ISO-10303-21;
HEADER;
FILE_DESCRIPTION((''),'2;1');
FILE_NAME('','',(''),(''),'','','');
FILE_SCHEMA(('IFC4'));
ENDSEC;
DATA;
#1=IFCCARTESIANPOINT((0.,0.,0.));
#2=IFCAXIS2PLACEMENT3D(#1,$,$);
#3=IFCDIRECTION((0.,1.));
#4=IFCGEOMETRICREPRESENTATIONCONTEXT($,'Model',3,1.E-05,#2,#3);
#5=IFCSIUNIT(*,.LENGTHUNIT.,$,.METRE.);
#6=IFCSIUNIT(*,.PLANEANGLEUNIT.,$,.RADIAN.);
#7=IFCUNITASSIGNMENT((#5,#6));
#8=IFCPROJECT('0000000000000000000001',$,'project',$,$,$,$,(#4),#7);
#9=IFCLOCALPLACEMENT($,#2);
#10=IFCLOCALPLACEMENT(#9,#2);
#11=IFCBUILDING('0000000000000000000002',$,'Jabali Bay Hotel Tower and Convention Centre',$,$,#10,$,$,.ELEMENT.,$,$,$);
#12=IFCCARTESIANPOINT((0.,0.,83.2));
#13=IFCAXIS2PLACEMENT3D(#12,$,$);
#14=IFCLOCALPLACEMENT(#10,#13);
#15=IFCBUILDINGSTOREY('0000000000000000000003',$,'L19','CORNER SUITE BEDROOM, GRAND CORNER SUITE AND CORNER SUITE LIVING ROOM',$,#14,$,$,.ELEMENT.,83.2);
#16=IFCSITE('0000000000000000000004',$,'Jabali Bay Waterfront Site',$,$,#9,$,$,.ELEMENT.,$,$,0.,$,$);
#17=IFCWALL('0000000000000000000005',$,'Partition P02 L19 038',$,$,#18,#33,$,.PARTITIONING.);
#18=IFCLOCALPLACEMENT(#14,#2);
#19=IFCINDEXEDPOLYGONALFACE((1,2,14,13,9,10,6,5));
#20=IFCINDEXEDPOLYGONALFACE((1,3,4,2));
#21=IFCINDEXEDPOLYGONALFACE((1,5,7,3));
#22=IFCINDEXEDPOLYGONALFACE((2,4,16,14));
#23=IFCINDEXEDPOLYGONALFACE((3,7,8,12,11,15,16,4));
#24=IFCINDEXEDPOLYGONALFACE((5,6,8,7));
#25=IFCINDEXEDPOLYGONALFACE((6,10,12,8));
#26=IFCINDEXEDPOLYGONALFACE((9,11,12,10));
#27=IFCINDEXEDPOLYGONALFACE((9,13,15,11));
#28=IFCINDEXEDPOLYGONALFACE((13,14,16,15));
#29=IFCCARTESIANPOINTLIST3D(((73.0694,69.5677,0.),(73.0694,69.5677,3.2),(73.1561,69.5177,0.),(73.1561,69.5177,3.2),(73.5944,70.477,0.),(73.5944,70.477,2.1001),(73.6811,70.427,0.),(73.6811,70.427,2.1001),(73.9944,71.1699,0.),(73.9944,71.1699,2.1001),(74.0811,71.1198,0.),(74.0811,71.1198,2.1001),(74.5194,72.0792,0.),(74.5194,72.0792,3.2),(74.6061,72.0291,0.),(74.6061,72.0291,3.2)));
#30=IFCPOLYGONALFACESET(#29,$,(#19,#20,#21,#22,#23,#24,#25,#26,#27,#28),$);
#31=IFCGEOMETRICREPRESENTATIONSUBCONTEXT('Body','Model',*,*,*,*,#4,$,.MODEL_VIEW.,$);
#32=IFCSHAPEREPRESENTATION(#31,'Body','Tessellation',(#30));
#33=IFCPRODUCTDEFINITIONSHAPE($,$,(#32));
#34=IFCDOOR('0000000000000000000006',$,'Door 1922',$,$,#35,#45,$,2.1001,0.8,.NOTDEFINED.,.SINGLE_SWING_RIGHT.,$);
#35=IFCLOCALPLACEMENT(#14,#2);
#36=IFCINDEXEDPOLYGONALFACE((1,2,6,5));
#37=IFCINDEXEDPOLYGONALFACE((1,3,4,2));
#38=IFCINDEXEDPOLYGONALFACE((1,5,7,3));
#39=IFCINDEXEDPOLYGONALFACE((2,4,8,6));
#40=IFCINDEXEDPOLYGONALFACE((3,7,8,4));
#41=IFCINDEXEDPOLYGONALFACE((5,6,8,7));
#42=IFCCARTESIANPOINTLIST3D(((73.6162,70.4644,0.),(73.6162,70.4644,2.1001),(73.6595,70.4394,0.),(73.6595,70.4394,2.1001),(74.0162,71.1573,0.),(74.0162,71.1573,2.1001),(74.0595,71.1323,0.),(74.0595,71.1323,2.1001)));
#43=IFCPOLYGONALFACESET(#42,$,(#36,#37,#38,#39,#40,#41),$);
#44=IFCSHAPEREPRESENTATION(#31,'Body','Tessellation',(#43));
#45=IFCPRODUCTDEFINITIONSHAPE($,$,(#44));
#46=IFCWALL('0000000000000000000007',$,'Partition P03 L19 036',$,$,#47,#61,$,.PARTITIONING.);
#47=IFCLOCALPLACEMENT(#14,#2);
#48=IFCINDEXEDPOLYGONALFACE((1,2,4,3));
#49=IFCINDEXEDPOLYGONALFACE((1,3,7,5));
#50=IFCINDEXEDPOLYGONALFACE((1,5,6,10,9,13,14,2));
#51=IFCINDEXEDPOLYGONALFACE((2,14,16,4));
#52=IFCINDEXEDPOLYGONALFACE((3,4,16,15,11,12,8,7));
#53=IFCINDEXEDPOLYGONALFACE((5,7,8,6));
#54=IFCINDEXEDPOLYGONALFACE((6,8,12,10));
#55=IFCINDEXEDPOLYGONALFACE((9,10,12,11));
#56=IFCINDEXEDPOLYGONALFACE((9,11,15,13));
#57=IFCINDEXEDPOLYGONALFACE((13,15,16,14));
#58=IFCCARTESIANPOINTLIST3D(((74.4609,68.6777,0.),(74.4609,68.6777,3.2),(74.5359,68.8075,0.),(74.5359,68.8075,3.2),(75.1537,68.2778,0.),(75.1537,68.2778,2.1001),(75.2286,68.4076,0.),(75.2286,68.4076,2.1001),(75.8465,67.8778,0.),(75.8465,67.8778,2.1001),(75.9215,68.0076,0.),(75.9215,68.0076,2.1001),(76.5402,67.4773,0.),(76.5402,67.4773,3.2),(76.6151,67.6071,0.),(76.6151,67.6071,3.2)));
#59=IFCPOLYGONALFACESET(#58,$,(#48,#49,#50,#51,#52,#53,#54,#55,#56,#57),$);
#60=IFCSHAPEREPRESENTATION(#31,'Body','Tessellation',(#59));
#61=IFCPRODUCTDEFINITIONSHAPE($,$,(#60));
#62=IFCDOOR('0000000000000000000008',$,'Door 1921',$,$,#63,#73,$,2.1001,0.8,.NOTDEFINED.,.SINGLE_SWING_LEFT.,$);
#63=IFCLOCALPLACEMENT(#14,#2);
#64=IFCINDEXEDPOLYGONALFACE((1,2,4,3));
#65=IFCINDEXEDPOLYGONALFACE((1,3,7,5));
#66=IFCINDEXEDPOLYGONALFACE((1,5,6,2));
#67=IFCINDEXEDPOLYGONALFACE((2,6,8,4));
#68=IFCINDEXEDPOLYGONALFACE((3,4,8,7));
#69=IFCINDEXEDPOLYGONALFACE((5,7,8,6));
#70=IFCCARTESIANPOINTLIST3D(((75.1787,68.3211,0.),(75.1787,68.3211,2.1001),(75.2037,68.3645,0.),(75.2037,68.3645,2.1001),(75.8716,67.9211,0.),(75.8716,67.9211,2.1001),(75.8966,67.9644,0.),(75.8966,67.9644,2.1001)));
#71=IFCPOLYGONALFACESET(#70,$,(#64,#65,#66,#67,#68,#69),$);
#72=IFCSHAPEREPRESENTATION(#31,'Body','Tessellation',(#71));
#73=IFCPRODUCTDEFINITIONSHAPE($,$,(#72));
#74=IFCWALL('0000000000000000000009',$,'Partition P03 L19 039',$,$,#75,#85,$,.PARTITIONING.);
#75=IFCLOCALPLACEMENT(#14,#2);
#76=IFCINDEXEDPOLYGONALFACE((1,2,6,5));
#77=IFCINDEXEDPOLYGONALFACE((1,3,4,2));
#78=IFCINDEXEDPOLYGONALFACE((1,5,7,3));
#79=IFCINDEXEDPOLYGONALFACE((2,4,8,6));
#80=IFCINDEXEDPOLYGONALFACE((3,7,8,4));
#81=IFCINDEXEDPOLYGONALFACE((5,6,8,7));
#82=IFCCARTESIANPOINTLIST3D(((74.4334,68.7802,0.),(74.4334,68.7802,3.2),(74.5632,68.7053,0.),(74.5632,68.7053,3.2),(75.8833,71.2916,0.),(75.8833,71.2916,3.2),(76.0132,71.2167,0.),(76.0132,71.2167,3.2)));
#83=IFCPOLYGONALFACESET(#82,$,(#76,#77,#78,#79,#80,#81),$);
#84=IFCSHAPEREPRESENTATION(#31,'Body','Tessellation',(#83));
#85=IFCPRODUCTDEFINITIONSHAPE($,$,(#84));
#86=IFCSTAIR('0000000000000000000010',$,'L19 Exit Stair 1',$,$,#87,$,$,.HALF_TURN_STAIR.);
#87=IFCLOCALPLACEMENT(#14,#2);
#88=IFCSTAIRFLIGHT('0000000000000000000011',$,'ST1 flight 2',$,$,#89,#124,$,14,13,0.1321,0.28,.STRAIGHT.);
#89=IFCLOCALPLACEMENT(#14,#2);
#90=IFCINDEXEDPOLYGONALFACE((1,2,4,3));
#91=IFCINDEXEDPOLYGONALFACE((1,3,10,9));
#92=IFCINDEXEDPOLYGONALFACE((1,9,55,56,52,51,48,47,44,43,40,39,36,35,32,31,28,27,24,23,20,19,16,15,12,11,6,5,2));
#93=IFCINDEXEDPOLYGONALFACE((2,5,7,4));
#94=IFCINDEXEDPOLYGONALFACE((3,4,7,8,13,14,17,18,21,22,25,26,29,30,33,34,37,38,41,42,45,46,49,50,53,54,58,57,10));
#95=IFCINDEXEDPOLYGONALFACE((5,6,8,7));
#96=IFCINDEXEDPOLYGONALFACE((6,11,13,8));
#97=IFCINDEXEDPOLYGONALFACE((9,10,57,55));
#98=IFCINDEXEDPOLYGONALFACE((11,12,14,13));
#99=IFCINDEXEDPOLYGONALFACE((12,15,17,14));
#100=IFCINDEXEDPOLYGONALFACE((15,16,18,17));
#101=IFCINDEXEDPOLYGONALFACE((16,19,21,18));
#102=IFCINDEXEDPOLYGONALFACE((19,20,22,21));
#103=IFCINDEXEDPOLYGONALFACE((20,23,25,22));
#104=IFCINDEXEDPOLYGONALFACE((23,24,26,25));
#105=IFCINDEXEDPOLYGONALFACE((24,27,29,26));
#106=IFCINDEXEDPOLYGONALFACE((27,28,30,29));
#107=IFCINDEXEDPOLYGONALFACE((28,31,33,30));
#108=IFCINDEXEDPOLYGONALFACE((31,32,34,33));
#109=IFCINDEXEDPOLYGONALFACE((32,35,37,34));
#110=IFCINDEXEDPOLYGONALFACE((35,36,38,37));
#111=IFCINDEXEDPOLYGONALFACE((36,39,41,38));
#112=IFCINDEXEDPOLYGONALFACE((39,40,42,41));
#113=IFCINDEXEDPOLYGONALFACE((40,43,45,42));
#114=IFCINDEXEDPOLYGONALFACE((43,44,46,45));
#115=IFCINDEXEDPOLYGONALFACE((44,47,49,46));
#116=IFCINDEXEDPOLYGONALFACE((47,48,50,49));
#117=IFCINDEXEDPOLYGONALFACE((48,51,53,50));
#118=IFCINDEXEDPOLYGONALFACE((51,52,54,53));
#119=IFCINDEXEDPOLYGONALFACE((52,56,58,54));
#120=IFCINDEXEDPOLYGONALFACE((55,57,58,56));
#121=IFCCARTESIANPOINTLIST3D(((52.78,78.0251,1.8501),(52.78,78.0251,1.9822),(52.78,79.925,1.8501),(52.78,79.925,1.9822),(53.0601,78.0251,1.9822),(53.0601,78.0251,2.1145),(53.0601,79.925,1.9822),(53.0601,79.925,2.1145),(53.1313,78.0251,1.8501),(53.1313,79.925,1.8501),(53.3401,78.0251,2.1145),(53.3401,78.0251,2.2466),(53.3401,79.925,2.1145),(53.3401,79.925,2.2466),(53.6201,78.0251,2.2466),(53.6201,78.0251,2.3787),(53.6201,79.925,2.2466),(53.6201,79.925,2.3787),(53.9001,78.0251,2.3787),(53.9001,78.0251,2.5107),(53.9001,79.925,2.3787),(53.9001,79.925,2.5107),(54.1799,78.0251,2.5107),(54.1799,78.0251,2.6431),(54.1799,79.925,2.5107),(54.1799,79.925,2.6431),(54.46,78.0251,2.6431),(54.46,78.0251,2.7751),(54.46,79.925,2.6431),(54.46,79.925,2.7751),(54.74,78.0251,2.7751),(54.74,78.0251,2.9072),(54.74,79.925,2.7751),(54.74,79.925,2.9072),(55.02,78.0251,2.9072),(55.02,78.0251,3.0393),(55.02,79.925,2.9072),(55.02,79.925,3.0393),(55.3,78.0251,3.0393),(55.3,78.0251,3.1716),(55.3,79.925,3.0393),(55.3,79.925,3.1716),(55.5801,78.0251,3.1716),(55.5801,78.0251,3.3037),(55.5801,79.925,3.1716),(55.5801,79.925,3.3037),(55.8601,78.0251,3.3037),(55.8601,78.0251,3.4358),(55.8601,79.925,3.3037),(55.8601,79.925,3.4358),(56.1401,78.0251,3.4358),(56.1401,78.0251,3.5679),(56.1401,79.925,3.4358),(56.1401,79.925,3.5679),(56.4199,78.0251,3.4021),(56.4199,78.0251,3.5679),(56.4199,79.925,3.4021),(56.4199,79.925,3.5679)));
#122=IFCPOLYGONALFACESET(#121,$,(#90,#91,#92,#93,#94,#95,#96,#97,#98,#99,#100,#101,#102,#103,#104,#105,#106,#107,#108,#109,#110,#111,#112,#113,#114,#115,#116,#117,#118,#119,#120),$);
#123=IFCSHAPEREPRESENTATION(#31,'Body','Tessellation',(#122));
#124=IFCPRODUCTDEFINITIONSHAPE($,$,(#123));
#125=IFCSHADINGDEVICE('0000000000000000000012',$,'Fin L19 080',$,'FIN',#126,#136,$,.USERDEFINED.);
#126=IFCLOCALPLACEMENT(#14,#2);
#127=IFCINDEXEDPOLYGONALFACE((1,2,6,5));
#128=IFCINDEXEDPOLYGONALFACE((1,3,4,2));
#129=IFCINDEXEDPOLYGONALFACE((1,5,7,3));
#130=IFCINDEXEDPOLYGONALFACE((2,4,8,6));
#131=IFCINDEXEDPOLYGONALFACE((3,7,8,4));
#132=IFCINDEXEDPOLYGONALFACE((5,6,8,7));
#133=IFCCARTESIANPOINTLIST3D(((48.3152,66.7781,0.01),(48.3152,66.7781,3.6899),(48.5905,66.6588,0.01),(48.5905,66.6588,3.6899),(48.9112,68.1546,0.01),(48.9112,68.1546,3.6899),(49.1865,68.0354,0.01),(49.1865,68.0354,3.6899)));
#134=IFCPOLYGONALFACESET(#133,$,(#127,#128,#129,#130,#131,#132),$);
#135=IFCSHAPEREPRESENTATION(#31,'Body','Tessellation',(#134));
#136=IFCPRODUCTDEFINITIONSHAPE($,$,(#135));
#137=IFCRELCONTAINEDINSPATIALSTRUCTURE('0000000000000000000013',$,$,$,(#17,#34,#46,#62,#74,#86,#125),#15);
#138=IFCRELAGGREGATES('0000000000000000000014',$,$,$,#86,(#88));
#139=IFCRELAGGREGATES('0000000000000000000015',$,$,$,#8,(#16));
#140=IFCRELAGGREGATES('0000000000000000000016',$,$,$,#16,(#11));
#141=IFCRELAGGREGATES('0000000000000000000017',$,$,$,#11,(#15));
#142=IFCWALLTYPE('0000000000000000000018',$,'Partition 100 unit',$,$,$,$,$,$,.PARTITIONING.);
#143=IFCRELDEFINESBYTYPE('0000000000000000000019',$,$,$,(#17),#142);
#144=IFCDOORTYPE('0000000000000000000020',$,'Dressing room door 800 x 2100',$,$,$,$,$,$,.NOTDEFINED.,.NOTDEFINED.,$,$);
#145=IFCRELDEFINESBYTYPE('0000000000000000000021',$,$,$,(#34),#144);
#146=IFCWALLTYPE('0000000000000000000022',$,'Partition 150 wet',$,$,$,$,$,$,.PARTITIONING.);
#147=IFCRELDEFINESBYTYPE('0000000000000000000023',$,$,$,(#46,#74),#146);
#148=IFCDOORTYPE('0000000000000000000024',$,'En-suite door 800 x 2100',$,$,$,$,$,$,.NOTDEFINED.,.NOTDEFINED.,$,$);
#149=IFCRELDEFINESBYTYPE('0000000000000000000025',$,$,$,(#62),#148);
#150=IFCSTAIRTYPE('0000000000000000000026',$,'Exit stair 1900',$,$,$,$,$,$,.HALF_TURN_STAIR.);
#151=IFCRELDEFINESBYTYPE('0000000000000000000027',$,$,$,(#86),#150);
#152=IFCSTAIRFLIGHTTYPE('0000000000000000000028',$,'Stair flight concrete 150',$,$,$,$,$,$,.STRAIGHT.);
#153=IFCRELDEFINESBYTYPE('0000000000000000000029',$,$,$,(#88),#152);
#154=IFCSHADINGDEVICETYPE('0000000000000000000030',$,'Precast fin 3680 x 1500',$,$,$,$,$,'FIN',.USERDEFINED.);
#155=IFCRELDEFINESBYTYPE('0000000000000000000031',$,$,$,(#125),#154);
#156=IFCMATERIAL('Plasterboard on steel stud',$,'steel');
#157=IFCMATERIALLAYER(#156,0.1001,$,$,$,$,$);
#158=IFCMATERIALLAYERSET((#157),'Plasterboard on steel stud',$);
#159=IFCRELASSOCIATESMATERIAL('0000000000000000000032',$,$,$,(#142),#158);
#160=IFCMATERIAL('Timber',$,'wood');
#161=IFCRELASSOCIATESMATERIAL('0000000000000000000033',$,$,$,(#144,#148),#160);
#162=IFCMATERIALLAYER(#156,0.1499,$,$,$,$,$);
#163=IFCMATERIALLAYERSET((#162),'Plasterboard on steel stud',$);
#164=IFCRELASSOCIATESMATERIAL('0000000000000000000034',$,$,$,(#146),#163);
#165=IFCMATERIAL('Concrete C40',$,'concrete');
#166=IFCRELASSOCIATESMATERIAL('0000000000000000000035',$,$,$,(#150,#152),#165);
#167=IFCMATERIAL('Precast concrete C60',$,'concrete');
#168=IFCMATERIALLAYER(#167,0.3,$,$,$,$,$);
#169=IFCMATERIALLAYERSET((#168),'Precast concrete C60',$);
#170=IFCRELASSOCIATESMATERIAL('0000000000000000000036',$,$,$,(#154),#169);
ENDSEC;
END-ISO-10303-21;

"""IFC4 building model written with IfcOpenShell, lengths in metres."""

from ifc_helpers import new_model, si_unit, direction, frame, frame_2d, origin, place, context, subcontext, project, spatial, polyline, rectangle, outline, extrude, material, layer, layer_set, type_object, element, fill, aggregate, save


model = new_model("IFC4")

# Units and contexts
model_context = context("Model", 3, precision=1e-05, world=origin(), true_north=direction((0.0, 1.0)))
body_context = subcontext(model_context, "Body", "Model", "MODEL_VIEW")
ifc_project = project(units=[si_unit("LENGTHUNIT", "METRE"), si_unit("PLANEANGLEUNIT", "RADIAN")], contexts=[model_context])

# Site, building, storey
site_placement = place(None, origin())
site = spatial("IfcSite", under=ifc_project, at=site_placement, Name="Jabali Bay Waterfront Site", CompositionType="ELEMENT", RefElevation=0.0)
building_placement = place(site_placement, origin())
building = spatial("IfcBuilding", under=site, at=building_placement, Name="Jabali Bay Hotel Tower and Convention Centre", CompositionType="ELEMENT")
storey_placement = place(building_placement, frame((0.0, 0.0, 83.2)))
storey = spatial("IfcBuildingStorey", under=building, at=storey_placement, Name="L19", Description="CORNER SUITE BEDROOM, GRAND CORNER SUITE AND CORNER SUITE LIVING ROOM", CompositionType="ELEMENT", Elevation=83.2)

# Shared definitions
ifc_material_1 = material(Name="Concrete C40", Category="concrete")

# Shared definitions
ifc_material_2 = material(Name="Timber", Category="wood")

# Shared definitions
ifc_material_3 = material(Name="Plasterboard on steel stud", Category="steel")
ifc_layer_1 = layer(ifc_material_3, 0.1001)
ifc_layer_set_1 = layer_set([ifc_layer_1], Name="Plasterboard on steel stud")
wall_type_1 = type_object("IfcWallType", Name="Partition 100 unit", PredefinedType="PARTITIONING", material=ifc_layer_set_1)

# Walls, openings, doors
wall_1_placement = place(storey_placement, frame((73.1128, 69.5427, 0.0), z_axis=(0.0, 0.0, 1.0), x_axis=(0.499987, 0.866033, 0.0)))
wall_1 = element("IfcWall", 1, at=wall_1_placement, inside=storey, type_object=wall_type_1, Name="Partition P02 L19 038", PredefinedType="PARTITIONING", context=body_context, shape_type="SweptSolid", body=[
    extrude(rectangle(XDim=2.8999, YDim=0.1001, at=frame_2d((1.45, 0.0))), origin(), (0.0, 0.0, 1.0), 3.2),
])
opening_1_placement = place(wall_1_placement, frame((1.05, 0.0, 0.0)))
opening_1 = element("IfcOpeningElement", 2, at=opening_1_placement, cuts=wall_1, PredefinedType="OPENING", context=body_context, shape_type="SweptSolid", body=[
    extrude(rectangle(XDim=0.8, YDim=2.1001, at=frame_2d((0.3999, 1.05))), frame((0.0, 0.0605, 0.0), z_axis=(0.0, -1.0, 0.0), x_axis=(1.0, 0.0, 0.0)), (0.0, 0.0, 1.0), 0.1211),
])
door_type_1 = type_object("IfcDoorType", Name="Dressing room door 800 x 2100", OperationType="NOTDEFINED", PredefinedType="NOTDEFINED", material=ifc_material_2)
door_1_placement = place(opening_1_placement, origin())
door_1 = element("IfcDoor", 3, at=door_1_placement, inside=storey, type_object=door_type_1, Name="Door 1922", OperationType="SINGLE_SWING_RIGHT", OverallHeight=2.1001, OverallWidth=0.8, PredefinedType="NOTDEFINED", context=body_context, shape_type="SweptSolid", body=[
    extrude(rectangle(XDim=0.8, YDim=2.1001, at=frame_2d((0.3999, 1.05))), frame((0.0, 0.0249, 0.0), z_axis=(0.0, -1.0, 0.0), x_axis=(1.0, 0.0, 0.0)), (0.0, 0.0, 1.0), 0.05),
])
fill(opening_1, door_1)
ifc_layer_2 = layer(ifc_material_3, 0.1499)
ifc_layer_set_2 = layer_set([ifc_layer_2], Name="Plasterboard on steel stud")
wall_type_2 = type_object("IfcWallType", Name="Partition 150 wet", PredefinedType="PARTITIONING", material=ifc_layer_set_2)
wall_2_placement = place(storey_placement, frame((76.5776, 67.5422, 0.0), z_axis=(0.0, 0.0, 1.0), x_axis=(-0.866038, 0.499978, 0.0)))
wall_2 = element("IfcWall", 4, at=wall_2_placement, inside=storey, type_object=wall_type_2, Name="Partition P03 L19 036", PredefinedType="PARTITIONING", context=body_context, shape_type="SweptSolid", body=[
    extrude(rectangle(XDim=2.4009, YDim=0.1499, at=frame_2d((1.2004, 0.0))), origin(), (0.0, 0.0, 1.0), 3.2),
])
opening_2_placement = place(wall_2_placement, frame((0.801, 0.0, 0.0)))
opening_2 = element("IfcOpeningElement", 5, at=opening_2_placement, cuts=wall_2, PredefinedType="OPENING", context=body_context, shape_type="SweptSolid", body=[
    extrude(rectangle(XDim=0.8, YDim=2.1001, at=frame_2d((0.3999, 1.05))), frame((0.0, 0.0854, 0.0), z_axis=(0.0, -1.0, 0.0), x_axis=(1.0, 0.0, 0.0)), (0.0, 0.0, 1.0), 0.1709),
])
door_type_2 = type_object("IfcDoorType", Name="En-suite door 800 x 2100", OperationType="NOTDEFINED", PredefinedType="NOTDEFINED", material=ifc_material_2)
door_2_placement = place(opening_2_placement, origin())
door_2 = element("IfcDoor", 6, at=door_2_placement, inside=storey, type_object=door_type_2, Name="Door 1921", OperationType="SINGLE_SWING_LEFT", OverallHeight=2.1001, OverallWidth=0.8, PredefinedType="NOTDEFINED", context=body_context, shape_type="SweptSolid", body=[
    extrude(rectangle(XDim=0.8, YDim=2.1001, at=frame_2d((0.3999, 1.05))), frame((0.0, 0.0249, 0.0), z_axis=(0.0, -1.0, 0.0), x_axis=(1.0, 0.0, 0.0)), (0.0, 0.0, 1.0), 0.05),
])
fill(opening_2, door_2)

# Wall
wall_3_placement = place(storey_placement, frame((75.9482, 71.2542, 0.0), z_axis=(0.0, 0.0, 1.0), x_axis=(-0.499987, -0.866033, 0.0)))
element("IfcWall", 7, at=wall_3_placement, inside=storey, type_object=wall_type_2, Name="Partition P03 L19 039", PredefinedType="PARTITIONING", context=body_context, shape_type="SweptSolid", body=[
    extrude(rectangle(XDim=2.8999, YDim=0.1499, at=frame_2d((1.45, 0.0))), origin(), (0.0, 0.0, 1.0), 3.2),
])

# Stair, stair flight
stair_type = type_object("IfcStairType", Name="Exit stair 1900", PredefinedType="HALF_TURN_STAIR", material=ifc_material_1)
stair_placement = place(storey_placement, origin())
stair = element("IfcStair", 8, at=stair_placement, inside=storey, type_object=stair_type, Name="L19 Exit Stair 1", PredefinedType="HALF_TURN_STAIR")
stair_flight_type = type_object("IfcStairFlightType", Name="Stair flight concrete 150", PredefinedType="STRAIGHT", material=ifc_material_1)
stair_flight_placement = place(storey_placement, frame((52.78, 78.9751, 1.8501), z_axis=(0.0, 0.0, 1.0), x_axis=(1.0, 0.0, 0.0)))
stair_flight = element("IfcStairFlight", 9, at=stair_flight_placement, type_object=stair_flight_type, Name="ST1 flight 2", NumberOfRisers=14, NumberOfTreads=13, PredefinedType="STRAIGHT", RiserHeight=0.1321, TreadLength=0.28, context=body_context, shape_type="SweptSolid", body=[
    extrude(outline(polyline([(0.0, 0.0), (0.0, 0.1321), (0.28, 0.1321), (0.28, 0.2644), (0.5601, 0.2644), (0.5601, 0.3965), (0.8401, 0.3965), (0.8401, 0.5286), (1.1201, 0.5286), (1.1201, 0.6606), (1.3999, 0.6606), (1.3999, 0.793), (1.6799, 0.793), (1.6799, 0.925), (1.96, 0.925), (1.96, 1.0571), (2.24, 1.0571), (2.24, 1.1892), (2.52, 1.1892), (2.52, 1.3215), (2.8, 1.3215), (2.8, 1.4536), (3.0801, 1.4536), (3.0801, 1.5857), (3.3601, 1.5857), (3.3601, 1.7178), (3.6399, 1.7178), (3.6399, 1.8501), (3.6399, 1.552), (0.3513, 0.0), (0.0, 0.0)])), frame((0.0, 0.95, 0.0), z_axis=(0.0, -1.0, 0.0), x_axis=(1.0, 0.0, 0.0)), (0.0, 0.0, 1.0), 1.8999),
])
aggregate(stair, [stair_flight])

# Shading device
ifc_material_4 = material(Name="Precast concrete C60", Category="concrete")
ifc_layer_3 = layer(ifc_material_4, 0.3)
ifc_layer_set_3 = layer_set([ifc_layer_3], Name="Precast concrete C60")
shading_device_type = type_object("IfcShadingDeviceType", Name="Precast fin 3680 x 1500", ElementType="FIN", PredefinedType="USERDEFINED", material=ifc_layer_set_3)
shading_device_placement = place(storey_placement, frame((49.0488, 68.095, 0.01), z_axis=(0.0, 0.0, 1.0), x_axis=(-0.397315, -0.917682, 0.0)))
element("IfcShadingDevice", 10, at=shading_device_placement, inside=storey, type_object=shading_device_type, Name="Fin L19 080", ObjectType="FIN", PredefinedType="USERDEFINED", context=body_context, shape_type="SweptSolid", body=[
    extrude(rectangle(XDim=1.5, YDim=0.3, at=frame_2d((0.75, 0.0))), origin(), (0.0, 0.0, 1.0), 3.6799),
])

save(model, "model.ifc")
